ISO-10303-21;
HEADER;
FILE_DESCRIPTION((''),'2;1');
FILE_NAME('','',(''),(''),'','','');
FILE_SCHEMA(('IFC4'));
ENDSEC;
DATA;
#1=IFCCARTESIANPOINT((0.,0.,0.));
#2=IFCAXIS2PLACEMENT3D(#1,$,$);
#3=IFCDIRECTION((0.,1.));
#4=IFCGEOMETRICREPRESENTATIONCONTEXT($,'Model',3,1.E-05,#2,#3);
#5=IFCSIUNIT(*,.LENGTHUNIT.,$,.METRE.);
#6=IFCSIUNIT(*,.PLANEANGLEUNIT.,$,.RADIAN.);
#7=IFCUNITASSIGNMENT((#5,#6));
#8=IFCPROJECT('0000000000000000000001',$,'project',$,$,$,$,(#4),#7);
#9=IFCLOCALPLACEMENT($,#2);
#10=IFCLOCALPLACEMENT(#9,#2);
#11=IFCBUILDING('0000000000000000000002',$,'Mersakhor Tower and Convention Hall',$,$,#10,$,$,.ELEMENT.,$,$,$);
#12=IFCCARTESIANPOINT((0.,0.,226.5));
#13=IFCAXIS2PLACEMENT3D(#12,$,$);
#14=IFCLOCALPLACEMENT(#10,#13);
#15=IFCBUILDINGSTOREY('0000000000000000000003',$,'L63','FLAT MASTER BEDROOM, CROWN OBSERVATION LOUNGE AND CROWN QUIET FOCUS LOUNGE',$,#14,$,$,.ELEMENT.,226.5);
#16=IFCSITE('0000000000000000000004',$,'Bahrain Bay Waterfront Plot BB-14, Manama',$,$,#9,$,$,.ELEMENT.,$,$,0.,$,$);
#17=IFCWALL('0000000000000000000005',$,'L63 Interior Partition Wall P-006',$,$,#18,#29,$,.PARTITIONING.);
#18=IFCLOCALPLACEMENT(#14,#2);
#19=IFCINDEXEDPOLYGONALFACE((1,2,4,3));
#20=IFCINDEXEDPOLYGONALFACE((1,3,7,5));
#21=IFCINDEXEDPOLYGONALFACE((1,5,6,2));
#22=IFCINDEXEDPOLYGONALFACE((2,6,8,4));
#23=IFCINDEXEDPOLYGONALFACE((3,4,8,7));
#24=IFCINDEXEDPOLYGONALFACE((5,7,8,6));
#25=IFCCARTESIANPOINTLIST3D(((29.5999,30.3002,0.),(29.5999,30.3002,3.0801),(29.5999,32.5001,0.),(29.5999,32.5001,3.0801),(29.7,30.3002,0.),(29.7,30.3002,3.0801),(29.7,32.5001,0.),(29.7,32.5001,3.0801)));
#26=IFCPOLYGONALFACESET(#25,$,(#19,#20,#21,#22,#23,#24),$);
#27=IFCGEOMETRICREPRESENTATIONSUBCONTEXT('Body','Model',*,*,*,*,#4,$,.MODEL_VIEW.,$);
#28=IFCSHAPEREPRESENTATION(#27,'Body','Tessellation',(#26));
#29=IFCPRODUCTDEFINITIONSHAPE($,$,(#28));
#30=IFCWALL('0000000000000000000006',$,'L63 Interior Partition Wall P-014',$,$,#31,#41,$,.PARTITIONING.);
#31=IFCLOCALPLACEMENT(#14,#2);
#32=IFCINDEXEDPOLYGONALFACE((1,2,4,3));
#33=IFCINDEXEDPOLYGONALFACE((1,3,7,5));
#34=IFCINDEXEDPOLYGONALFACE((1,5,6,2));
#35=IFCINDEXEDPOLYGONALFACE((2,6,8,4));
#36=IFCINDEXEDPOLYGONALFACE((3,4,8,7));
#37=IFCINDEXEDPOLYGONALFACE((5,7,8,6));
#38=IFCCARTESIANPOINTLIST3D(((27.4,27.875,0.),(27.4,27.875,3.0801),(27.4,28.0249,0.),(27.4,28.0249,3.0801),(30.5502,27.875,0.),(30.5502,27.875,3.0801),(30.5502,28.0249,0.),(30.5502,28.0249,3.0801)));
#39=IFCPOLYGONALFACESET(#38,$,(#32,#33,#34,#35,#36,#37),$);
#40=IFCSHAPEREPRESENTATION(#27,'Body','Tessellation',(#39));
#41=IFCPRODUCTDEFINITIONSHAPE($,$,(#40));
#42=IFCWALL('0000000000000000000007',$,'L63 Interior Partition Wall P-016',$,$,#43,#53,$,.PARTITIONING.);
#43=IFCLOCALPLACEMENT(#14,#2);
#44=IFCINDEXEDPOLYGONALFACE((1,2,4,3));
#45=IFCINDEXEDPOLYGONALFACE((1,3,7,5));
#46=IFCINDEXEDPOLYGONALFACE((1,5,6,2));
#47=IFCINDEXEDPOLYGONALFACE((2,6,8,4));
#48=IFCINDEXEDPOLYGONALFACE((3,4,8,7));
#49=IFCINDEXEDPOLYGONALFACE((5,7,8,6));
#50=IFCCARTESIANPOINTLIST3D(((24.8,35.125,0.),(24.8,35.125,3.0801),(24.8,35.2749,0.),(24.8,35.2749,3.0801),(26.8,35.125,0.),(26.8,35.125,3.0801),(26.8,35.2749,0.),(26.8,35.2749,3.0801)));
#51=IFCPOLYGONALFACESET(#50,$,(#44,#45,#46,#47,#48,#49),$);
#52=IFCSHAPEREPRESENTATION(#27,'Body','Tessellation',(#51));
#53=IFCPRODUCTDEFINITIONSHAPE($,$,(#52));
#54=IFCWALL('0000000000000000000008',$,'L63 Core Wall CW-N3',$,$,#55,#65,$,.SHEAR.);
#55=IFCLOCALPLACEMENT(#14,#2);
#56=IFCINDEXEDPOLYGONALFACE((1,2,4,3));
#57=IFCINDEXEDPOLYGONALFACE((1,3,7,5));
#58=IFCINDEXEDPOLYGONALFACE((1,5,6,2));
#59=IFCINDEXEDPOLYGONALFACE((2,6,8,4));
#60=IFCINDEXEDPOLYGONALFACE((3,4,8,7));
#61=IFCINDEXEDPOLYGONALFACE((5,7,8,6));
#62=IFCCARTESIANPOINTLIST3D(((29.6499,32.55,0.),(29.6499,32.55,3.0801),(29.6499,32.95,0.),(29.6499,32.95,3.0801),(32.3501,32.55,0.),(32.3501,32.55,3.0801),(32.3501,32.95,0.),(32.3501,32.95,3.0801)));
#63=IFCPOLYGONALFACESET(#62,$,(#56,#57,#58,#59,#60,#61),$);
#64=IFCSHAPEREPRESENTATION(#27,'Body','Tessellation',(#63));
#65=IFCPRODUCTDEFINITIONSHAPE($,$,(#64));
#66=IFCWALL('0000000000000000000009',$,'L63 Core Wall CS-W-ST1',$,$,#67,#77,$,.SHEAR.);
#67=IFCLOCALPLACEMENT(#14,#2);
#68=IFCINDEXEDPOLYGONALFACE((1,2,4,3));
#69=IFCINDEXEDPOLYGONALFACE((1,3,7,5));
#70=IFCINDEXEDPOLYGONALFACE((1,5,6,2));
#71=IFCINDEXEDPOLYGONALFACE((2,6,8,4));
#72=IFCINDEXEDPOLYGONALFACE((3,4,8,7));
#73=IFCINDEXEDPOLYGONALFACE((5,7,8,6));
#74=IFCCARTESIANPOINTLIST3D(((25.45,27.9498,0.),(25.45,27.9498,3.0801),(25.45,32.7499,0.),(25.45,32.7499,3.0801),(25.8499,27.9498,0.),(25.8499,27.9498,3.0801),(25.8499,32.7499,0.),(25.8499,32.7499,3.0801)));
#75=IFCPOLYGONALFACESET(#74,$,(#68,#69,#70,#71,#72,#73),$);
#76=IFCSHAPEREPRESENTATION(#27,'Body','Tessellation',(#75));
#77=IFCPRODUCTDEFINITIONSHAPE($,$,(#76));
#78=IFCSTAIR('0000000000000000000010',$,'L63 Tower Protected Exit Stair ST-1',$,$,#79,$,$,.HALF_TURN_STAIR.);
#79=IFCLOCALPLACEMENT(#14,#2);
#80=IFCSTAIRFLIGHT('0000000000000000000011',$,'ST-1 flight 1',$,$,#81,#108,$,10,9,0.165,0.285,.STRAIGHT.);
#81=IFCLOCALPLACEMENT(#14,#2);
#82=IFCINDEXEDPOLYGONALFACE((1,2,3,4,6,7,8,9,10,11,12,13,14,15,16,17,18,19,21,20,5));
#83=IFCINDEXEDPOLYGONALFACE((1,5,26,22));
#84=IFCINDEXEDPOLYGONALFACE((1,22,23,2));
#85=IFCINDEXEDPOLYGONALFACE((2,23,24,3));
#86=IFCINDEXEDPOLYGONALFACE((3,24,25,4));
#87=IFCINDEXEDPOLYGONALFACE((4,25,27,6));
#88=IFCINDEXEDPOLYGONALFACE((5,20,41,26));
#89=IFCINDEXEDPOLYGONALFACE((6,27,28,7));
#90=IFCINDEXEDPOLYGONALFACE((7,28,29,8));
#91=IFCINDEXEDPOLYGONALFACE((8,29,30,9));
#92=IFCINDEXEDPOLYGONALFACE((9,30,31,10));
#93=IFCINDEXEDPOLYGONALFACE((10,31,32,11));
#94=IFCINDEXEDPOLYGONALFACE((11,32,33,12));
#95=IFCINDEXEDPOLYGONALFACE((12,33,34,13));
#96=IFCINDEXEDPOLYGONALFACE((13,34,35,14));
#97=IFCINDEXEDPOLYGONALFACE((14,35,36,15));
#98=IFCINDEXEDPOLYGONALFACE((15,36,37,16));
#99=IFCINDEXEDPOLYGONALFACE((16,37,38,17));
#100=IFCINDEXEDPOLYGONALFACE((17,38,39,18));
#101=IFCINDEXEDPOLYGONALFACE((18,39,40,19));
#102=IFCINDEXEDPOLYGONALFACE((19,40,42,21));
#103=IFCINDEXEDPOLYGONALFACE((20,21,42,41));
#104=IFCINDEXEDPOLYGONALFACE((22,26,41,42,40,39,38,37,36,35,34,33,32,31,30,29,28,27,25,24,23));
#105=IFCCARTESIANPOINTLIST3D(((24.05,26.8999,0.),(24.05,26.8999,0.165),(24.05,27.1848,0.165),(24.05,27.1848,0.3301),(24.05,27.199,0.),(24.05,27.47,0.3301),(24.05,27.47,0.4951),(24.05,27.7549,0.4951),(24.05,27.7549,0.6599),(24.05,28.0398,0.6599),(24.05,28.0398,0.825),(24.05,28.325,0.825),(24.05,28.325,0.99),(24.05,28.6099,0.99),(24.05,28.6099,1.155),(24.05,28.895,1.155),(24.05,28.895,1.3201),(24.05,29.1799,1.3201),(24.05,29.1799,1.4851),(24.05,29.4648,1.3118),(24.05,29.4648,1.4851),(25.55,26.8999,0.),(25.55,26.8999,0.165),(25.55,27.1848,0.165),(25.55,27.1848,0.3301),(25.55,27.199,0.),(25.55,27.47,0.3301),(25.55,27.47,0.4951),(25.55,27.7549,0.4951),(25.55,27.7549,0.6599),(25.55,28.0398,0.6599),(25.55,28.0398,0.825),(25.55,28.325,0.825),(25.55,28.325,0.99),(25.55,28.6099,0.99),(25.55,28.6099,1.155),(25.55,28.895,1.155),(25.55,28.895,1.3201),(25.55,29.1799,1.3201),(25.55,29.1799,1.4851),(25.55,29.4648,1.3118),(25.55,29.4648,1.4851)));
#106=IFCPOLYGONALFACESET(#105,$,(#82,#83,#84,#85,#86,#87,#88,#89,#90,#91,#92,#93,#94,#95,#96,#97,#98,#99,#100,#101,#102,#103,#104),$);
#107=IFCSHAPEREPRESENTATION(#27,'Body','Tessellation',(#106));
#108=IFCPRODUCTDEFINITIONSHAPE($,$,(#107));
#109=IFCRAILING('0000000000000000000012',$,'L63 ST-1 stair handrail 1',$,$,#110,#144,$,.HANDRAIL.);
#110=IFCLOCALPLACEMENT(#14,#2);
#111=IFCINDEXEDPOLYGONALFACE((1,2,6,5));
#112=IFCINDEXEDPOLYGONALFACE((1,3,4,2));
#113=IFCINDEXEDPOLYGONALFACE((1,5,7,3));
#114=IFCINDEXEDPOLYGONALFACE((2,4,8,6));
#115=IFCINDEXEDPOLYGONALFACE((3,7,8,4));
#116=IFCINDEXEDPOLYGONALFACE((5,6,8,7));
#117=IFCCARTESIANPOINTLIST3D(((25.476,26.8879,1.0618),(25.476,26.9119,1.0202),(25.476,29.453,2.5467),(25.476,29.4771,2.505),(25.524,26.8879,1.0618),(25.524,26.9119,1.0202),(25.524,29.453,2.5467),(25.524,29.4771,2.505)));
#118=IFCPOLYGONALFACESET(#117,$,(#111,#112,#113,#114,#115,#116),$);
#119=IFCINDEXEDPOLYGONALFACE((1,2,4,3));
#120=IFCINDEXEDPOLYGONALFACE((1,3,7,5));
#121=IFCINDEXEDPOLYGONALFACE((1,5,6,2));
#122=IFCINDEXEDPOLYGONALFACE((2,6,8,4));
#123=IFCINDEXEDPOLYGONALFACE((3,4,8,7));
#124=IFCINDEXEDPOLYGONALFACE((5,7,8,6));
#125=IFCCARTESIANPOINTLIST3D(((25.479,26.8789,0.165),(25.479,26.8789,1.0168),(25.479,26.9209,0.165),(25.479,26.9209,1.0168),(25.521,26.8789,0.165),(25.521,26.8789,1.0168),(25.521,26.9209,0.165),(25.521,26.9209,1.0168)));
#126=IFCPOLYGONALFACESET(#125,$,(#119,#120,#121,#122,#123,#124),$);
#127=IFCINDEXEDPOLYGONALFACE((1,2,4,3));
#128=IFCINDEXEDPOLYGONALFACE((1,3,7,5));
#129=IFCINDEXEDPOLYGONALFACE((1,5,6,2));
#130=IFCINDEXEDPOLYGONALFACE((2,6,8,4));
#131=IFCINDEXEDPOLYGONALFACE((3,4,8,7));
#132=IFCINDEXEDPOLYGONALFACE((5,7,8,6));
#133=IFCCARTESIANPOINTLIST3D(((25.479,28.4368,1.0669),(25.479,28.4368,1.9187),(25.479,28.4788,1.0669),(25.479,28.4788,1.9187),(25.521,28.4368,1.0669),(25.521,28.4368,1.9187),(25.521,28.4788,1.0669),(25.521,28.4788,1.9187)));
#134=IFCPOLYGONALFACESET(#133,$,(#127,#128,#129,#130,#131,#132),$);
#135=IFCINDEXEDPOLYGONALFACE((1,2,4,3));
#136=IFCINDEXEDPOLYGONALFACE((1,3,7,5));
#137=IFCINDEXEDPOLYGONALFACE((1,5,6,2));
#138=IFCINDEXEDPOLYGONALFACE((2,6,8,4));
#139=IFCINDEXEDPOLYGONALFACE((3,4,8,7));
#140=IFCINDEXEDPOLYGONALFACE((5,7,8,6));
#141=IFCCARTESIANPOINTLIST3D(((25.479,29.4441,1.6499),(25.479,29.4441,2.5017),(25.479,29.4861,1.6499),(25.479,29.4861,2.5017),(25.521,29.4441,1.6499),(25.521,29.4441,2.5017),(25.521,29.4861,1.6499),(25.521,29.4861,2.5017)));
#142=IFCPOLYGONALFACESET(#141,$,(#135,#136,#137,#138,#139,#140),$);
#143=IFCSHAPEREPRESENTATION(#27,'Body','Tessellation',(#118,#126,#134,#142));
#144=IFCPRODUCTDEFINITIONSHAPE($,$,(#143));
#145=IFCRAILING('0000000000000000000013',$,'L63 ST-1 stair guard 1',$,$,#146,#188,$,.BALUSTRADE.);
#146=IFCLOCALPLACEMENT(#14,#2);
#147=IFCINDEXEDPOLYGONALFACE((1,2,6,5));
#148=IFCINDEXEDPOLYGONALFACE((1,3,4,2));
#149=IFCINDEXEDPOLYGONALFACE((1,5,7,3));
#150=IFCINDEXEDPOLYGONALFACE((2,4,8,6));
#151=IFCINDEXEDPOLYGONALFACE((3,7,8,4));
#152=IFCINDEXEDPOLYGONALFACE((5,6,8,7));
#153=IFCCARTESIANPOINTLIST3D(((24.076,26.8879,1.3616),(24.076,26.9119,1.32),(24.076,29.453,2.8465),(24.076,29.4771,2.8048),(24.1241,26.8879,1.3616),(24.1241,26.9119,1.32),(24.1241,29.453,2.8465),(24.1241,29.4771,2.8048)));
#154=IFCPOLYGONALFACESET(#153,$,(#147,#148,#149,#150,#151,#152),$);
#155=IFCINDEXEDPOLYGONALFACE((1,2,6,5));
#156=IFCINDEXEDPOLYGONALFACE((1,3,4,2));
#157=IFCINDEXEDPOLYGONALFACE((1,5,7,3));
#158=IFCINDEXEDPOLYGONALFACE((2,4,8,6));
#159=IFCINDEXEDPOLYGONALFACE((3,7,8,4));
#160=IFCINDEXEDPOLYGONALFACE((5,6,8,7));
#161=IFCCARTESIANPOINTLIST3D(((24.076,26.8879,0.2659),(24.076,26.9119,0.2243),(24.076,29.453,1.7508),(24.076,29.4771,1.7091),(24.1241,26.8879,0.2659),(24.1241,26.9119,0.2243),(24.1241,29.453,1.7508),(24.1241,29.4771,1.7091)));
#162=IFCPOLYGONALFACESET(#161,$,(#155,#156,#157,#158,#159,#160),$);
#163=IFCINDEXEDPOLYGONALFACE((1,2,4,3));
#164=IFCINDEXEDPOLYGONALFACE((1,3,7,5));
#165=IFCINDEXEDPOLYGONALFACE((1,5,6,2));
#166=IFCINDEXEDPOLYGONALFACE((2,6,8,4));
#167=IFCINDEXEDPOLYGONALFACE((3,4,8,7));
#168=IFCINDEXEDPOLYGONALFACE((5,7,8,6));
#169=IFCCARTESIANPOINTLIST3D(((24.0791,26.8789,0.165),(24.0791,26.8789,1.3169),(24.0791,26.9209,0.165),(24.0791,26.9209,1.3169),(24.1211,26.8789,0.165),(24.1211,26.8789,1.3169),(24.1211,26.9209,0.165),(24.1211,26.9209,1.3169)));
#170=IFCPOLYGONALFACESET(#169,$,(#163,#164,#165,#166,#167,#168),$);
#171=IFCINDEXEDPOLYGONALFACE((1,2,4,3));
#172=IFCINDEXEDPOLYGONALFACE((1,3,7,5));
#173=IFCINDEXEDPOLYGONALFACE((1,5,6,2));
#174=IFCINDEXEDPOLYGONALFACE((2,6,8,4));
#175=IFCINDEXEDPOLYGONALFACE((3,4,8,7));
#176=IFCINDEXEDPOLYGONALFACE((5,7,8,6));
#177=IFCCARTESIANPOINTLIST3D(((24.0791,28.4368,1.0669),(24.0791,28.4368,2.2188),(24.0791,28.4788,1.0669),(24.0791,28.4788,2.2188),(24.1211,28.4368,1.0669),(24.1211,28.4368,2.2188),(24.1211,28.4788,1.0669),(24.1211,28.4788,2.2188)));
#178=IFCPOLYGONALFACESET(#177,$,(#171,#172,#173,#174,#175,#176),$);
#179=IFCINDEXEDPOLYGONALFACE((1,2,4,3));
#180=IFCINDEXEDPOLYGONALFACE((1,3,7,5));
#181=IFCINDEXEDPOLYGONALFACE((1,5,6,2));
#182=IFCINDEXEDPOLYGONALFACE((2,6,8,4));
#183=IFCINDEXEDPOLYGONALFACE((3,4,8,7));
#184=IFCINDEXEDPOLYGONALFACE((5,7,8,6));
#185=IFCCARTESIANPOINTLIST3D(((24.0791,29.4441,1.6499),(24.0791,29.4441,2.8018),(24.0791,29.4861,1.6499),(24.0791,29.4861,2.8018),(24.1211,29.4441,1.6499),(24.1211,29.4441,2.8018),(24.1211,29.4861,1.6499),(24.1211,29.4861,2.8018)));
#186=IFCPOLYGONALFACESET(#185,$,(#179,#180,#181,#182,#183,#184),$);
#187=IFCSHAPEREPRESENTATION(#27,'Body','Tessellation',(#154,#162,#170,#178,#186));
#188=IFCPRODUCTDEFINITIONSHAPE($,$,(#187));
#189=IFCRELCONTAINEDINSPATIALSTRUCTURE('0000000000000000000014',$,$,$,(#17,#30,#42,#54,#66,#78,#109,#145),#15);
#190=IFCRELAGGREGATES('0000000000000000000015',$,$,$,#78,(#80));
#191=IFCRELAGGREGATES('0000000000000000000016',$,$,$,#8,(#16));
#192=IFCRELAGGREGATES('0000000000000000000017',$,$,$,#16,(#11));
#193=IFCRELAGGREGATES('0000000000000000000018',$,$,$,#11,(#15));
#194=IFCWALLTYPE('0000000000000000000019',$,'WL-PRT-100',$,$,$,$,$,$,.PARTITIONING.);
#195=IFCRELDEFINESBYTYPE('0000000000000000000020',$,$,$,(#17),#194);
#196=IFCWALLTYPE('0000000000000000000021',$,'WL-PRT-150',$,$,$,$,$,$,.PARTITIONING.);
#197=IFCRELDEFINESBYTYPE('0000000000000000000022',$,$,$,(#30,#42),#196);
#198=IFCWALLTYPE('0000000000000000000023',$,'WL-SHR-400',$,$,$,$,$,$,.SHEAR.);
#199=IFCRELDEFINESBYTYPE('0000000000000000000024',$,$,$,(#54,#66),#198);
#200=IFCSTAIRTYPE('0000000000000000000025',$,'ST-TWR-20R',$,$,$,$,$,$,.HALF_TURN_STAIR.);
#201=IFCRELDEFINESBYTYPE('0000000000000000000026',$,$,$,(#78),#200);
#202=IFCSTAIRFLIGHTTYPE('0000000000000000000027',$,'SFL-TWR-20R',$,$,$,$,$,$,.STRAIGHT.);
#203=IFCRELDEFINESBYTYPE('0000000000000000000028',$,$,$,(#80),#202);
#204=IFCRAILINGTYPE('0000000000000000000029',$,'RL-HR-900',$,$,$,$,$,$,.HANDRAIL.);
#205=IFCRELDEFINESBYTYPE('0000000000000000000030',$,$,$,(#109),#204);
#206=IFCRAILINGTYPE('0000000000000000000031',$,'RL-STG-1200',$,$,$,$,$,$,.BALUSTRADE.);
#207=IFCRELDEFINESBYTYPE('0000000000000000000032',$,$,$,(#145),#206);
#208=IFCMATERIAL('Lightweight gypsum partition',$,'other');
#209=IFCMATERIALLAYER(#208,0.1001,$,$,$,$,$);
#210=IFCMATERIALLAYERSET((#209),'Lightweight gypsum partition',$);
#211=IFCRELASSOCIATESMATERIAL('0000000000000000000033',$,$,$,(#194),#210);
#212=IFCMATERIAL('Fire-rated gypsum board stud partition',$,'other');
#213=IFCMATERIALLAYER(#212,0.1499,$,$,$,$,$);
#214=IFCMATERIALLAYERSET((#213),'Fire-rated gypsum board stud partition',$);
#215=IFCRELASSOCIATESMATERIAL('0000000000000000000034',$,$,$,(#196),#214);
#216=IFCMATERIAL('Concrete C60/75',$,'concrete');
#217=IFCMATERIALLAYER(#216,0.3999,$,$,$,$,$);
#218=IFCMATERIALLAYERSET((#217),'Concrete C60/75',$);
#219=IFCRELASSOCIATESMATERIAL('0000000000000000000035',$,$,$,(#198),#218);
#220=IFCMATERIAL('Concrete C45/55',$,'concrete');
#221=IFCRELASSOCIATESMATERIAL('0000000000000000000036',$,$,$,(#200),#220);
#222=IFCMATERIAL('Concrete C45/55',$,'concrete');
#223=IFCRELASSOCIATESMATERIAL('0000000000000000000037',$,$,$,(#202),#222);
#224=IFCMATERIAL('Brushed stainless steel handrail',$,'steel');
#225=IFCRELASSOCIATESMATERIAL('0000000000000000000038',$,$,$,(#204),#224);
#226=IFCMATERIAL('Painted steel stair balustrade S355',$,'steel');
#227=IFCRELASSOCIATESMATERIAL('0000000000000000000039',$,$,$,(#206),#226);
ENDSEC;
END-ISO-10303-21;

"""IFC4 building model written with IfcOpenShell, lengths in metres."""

from ifc_helpers import new_model, si_unit, direction, frame, frame_2d, origin, origin_2d, place, context, subcontext, project, spatial, polyline, rectangle, outline, extrude, material, layer, layer_set, type_object, element, aggregate, save


model = new_model("IFC4")

# Units and contexts
model_context = context("Model", 3, precision=1e-05, world=origin(), true_north=direction((0.0, 1.0)))
body_context = subcontext(model_context, "Body", "Model", "MODEL_VIEW")
ifc_project = project(units=[si_unit("LENGTHUNIT", "METRE"), si_unit("PLANEANGLEUNIT", "RADIAN")], contexts=[model_context])

# Site, building, storey
site_placement = place(None, origin())
site = spatial("IfcSite", under=ifc_project, at=site_placement, Name="Bahrain Bay Waterfront Plot BB-14, Manama", CompositionType="ELEMENT", RefElevation=0.0)
building_placement = place(site_placement, origin())
building = spatial("IfcBuilding", under=site, at=building_placement, Name="Mersakhor Tower and Convention Hall", CompositionType="ELEMENT")
storey_placement = place(building_placement, frame((0.0, 0.0, 226.5)))
storey = spatial("IfcBuildingStorey", under=building, at=storey_placement, Name="L63", Description="FLAT MASTER BEDROOM, CROWN OBSERVATION LOUNGE AND CROWN QUIET FOCUS LOUNGE", CompositionType="ELEMENT", Elevation=226.5)

# Wall
ifc_material_1 = material(Name="Lightweight gypsum partition", Category="other")
ifc_layer_1 = layer(ifc_material_1, 0.1001)
ifc_layer_set_1 = layer_set([ifc_layer_1], Name="Lightweight gypsum partition")
wall_type_1 = type_object("IfcWallType", Name="WL-PRT-100", PredefinedType="PARTITIONING", material=ifc_layer_set_1)
wall_1_placement = place(storey_placement, frame((29.6499, 30.3, 0.0), z_axis=(0.0, 0.0, 1.0), x_axis=(0.0, 1.0, 0.0)))
element("IfcWall", 1, at=wall_1_placement, inside=storey, type_object=wall_type_1, Name="L63 Interior Partition Wall P-006", PredefinedType="PARTITIONING", context=body_context, shape_type="SweptSolid", body=[
    extrude(rectangle(XDim=2.2, YDim=0.1001, at=frame_2d((1.1001, 0.0))), origin(), (0.0, 0.0, 1.0), 3.0801),
])

# Shared definitions
ifc_material_2 = material(Name="Fire-rated gypsum board stud partition", Category="other")
ifc_layer_2 = layer(ifc_material_2, 0.1499)
ifc_layer_set_2 = layer_set([ifc_layer_2], Name="Fire-rated gypsum board stud partition")
wall_type_2 = type_object("IfcWallType", Name="WL-PRT-150", PredefinedType="PARTITIONING", material=ifc_layer_set_2)

# Walls
wall_2_placement = place(storey_placement, frame((27.3999, 27.95, 0.0), z_axis=(0.0, 0.0, 1.0), x_axis=(1.0, 0.0, 0.0)))
element("IfcWall", 2, at=wall_2_placement, inside=storey, type_object=wall_type_2, Name="L63 Interior Partition Wall P-014", PredefinedType="PARTITIONING", context=body_context, shape_type="SweptSolid", body=[
    extrude(rectangle(XDim=3.1501, YDim=0.1499, at=frame_2d((1.5752, 0.0))), origin(), (0.0, 0.0, 1.0), 3.0801),
])
wall_3_placement = place(storey_placement, frame((24.8, 35.2, 0.0), z_axis=(0.0, 0.0, 1.0), x_axis=(1.0, 0.0, 0.0)))
element("IfcWall", 3, at=wall_3_placement, inside=storey, type_object=wall_type_2, Name="L63 Interior Partition Wall P-016", PredefinedType="PARTITIONING", context=body_context, shape_type="SweptSolid", body=[
    extrude(rectangle(XDim=2.0, YDim=0.1499, at=frame_2d((1.0, 0.0))), origin(), (0.0, 0.0, 1.0), 3.0801),
])

# Shared definitions
ifc_material_3 = material(Name="Concrete C60/75", Category="concrete")
ifc_layer_3 = layer(ifc_material_3, 0.3999)
ifc_layer_set_3 = layer_set([ifc_layer_3], Name="Concrete C60/75")
wall_type_3 = type_object("IfcWallType", Name="WL-SHR-400", PredefinedType="SHEAR", material=ifc_layer_set_3)

# Walls
wall_4_placement = place(storey_placement, frame((29.6499, 32.75, 0.0), z_axis=(0.0, 0.0, 1.0), x_axis=(1.0, 0.0, 0.0)))
element("IfcWall", 4, at=wall_4_placement, inside=storey, type_object=wall_type_3, Name="L63 Core Wall CW-N3", PredefinedType="SHEAR", context=body_context, shape_type="SweptSolid", body=[
    extrude(rectangle(XDim=2.7002, YDim=0.3999, at=frame_2d((1.3501, 0.0))), origin(), (0.0, 0.0, 1.0), 3.0801),
])
wall_5_placement = place(storey_placement, frame((25.6499, 27.95, 0.0), z_axis=(0.0, 0.0, 1.0), x_axis=(0.0, 1.0, 0.0)))
element("IfcWall", 5, at=wall_5_placement, inside=storey, type_object=wall_type_3, Name="L63 Core Wall CS-W-ST1", PredefinedType="SHEAR", context=body_context, shape_type="SweptSolid", body=[
    extrude(rectangle(XDim=4.8, YDim=0.3999, at=frame_2d((2.3999, 0.0))), origin(), (0.0, 0.0, 1.0), 3.0801),
])

# Stair, stair flight
ifc_material_4 = material(Name="Concrete C45/55", Category="concrete")
stair_type = type_object("IfcStairType", Name="ST-TWR-20R", PredefinedType="HALF_TURN_STAIR", material=ifc_material_4)
stair_placement = place(storey_placement, origin())
stair = element("IfcStair", 6, at=stair_placement, inside=storey, type_object=stair_type, Name="L63 Tower Protected Exit Stair ST-1", PredefinedType="HALF_TURN_STAIR")
ifc_material_5 = material(Name="Concrete C45/55", Category="concrete")
stair_flight_type = type_object("IfcStairFlightType", Name="SFL-TWR-20R", PredefinedType="STRAIGHT", material=ifc_material_5)
stair_flight_placement = place(storey_placement, frame((24.8, 26.8999, 0.0), z_axis=(0.0, 0.0, 1.0), x_axis=(0.0, 1.0, 0.0)))
stair_flight = element("IfcStairFlight", 7, at=stair_flight_placement, type_object=stair_flight_type, Name="ST-1 flight 1", NumberOfRisers=10, NumberOfTreads=9, PredefinedType="STRAIGHT", RiserHeight=0.165, TreadLength=0.285, context=body_context, shape_type="SweptSolid", body=[
    extrude(outline(polyline([(0.0, 0.0), (0.0, 0.165), (0.2849, 0.165), (0.2849, 0.3301), (0.5701, 0.3301), (0.5701, 0.4951), (0.855, 0.4951), (0.855, 0.6599), (1.1399, 0.6599), (1.1399, 0.825), (1.425, 0.825), (1.425, 0.99), (1.71, 0.99), (1.71, 1.155), (1.9951, 1.155), (1.9951, 1.3201), (2.28, 1.3201), (2.28, 1.4851), (2.5649, 1.4851), (2.5649, 1.6499), (2.5649, 1.3118), (0.2991, 0.0), (0.0, 0.0)])), frame((0.0, 0.75, 0.0), z_axis=(0.0, -1.0, 0.0), x_axis=(1.0, 0.0, 0.0)), (0.0, 0.0, 1.0), 1.5),
])
aggregate(stair, [stair_flight])

# Railings
ifc_material_6 = material(Name="Brushed stainless steel handrail", Category="steel")
railing_type_1 = type_object("IfcRailingType", Name="RL-HR-900", PredefinedType="HANDRAIL", material=ifc_material_6)
railing_1_placement = place(storey_placement, frame((25.5, 26.8999, 0.165)))
element("IfcRailing", 8, at=railing_1_placement, inside=storey, type_object=railing_type_1, Name="L63 ST-1 stair handrail 1", PredefinedType="HANDRAIL", context=body_context, shape_type="SweptSolid", body=[
    extrude(rectangle(XDim=0.0481, YDim=0.0481, at=origin_2d()), frame((0.0, 0.0, 0.876), z_axis=(0.0, 0.865462, 0.500975), x_axis=(-1.0, 0.0, 0.0)), (0.0, 0.0, 1.0), 2.9639),
    extrude(rectangle(XDim=0.042, YDim=0.042, at=origin_2d()), origin(), (0.0, 0.0, 1.0), 0.8518),
    extrude(rectangle(XDim=0.042, YDim=0.042, at=origin_2d()), frame((0.0, 1.5579, 0.9019)), (0.0, 0.0, 1.0), 0.8518),
    extrude(rectangle(XDim=0.042, YDim=0.042, at=origin_2d()), frame((0.0, 2.5652, 1.4849)), (0.0, 0.0, 1.0), 0.8518),
])
ifc_material_7 = material(Name="Painted steel stair balustrade S355", Category="steel")
railing_type_2 = type_object("IfcRailingType", Name="RL-STG-1200", PredefinedType="BALUSTRADE", material=ifc_material_7)
railing_2_placement = place(storey_placement, frame((24.1001, 26.8999, 0.165)))
element("IfcRailing", 9, at=railing_2_placement, inside=storey, type_object=railing_type_2, Name="L63 ST-1 stair guard 1", PredefinedType="BALUSTRADE", context=body_context, shape_type="SweptSolid", body=[
    extrude(rectangle(XDim=0.0481, YDim=0.0481, at=origin_2d()), frame((0.0, 0.0, 1.1758), z_axis=(0.0, 0.865462, 0.500975), x_axis=(-1.0, 0.0, 0.0)), (0.0, 0.0, 1.0), 2.9639),
    extrude(rectangle(XDim=0.0481, YDim=0.0481, at=origin_2d()), frame((0.0, 0.0, 0.0801), z_axis=(0.0, 0.865462, 0.500975), x_axis=(-1.0, 0.0, 0.0)), (0.0, 0.0, 1.0), 2.9639),
    extrude(rectangle(XDim=0.042, YDim=0.042, at=origin_2d()), origin(), (0.0, 0.0, 1.0), 1.1519),
    extrude(rectangle(XDim=0.042, YDim=0.042, at=origin_2d()), frame((0.0, 1.5579, 0.9019)), (0.0, 0.0, 1.0), 1.1519),
    extrude(rectangle(XDim=0.042, YDim=0.042, at=origin_2d()), frame((0.0, 2.5652, 1.4849)), (0.0, 0.0, 1.0), 1.1519),
])

save(model, "model.ifc")
